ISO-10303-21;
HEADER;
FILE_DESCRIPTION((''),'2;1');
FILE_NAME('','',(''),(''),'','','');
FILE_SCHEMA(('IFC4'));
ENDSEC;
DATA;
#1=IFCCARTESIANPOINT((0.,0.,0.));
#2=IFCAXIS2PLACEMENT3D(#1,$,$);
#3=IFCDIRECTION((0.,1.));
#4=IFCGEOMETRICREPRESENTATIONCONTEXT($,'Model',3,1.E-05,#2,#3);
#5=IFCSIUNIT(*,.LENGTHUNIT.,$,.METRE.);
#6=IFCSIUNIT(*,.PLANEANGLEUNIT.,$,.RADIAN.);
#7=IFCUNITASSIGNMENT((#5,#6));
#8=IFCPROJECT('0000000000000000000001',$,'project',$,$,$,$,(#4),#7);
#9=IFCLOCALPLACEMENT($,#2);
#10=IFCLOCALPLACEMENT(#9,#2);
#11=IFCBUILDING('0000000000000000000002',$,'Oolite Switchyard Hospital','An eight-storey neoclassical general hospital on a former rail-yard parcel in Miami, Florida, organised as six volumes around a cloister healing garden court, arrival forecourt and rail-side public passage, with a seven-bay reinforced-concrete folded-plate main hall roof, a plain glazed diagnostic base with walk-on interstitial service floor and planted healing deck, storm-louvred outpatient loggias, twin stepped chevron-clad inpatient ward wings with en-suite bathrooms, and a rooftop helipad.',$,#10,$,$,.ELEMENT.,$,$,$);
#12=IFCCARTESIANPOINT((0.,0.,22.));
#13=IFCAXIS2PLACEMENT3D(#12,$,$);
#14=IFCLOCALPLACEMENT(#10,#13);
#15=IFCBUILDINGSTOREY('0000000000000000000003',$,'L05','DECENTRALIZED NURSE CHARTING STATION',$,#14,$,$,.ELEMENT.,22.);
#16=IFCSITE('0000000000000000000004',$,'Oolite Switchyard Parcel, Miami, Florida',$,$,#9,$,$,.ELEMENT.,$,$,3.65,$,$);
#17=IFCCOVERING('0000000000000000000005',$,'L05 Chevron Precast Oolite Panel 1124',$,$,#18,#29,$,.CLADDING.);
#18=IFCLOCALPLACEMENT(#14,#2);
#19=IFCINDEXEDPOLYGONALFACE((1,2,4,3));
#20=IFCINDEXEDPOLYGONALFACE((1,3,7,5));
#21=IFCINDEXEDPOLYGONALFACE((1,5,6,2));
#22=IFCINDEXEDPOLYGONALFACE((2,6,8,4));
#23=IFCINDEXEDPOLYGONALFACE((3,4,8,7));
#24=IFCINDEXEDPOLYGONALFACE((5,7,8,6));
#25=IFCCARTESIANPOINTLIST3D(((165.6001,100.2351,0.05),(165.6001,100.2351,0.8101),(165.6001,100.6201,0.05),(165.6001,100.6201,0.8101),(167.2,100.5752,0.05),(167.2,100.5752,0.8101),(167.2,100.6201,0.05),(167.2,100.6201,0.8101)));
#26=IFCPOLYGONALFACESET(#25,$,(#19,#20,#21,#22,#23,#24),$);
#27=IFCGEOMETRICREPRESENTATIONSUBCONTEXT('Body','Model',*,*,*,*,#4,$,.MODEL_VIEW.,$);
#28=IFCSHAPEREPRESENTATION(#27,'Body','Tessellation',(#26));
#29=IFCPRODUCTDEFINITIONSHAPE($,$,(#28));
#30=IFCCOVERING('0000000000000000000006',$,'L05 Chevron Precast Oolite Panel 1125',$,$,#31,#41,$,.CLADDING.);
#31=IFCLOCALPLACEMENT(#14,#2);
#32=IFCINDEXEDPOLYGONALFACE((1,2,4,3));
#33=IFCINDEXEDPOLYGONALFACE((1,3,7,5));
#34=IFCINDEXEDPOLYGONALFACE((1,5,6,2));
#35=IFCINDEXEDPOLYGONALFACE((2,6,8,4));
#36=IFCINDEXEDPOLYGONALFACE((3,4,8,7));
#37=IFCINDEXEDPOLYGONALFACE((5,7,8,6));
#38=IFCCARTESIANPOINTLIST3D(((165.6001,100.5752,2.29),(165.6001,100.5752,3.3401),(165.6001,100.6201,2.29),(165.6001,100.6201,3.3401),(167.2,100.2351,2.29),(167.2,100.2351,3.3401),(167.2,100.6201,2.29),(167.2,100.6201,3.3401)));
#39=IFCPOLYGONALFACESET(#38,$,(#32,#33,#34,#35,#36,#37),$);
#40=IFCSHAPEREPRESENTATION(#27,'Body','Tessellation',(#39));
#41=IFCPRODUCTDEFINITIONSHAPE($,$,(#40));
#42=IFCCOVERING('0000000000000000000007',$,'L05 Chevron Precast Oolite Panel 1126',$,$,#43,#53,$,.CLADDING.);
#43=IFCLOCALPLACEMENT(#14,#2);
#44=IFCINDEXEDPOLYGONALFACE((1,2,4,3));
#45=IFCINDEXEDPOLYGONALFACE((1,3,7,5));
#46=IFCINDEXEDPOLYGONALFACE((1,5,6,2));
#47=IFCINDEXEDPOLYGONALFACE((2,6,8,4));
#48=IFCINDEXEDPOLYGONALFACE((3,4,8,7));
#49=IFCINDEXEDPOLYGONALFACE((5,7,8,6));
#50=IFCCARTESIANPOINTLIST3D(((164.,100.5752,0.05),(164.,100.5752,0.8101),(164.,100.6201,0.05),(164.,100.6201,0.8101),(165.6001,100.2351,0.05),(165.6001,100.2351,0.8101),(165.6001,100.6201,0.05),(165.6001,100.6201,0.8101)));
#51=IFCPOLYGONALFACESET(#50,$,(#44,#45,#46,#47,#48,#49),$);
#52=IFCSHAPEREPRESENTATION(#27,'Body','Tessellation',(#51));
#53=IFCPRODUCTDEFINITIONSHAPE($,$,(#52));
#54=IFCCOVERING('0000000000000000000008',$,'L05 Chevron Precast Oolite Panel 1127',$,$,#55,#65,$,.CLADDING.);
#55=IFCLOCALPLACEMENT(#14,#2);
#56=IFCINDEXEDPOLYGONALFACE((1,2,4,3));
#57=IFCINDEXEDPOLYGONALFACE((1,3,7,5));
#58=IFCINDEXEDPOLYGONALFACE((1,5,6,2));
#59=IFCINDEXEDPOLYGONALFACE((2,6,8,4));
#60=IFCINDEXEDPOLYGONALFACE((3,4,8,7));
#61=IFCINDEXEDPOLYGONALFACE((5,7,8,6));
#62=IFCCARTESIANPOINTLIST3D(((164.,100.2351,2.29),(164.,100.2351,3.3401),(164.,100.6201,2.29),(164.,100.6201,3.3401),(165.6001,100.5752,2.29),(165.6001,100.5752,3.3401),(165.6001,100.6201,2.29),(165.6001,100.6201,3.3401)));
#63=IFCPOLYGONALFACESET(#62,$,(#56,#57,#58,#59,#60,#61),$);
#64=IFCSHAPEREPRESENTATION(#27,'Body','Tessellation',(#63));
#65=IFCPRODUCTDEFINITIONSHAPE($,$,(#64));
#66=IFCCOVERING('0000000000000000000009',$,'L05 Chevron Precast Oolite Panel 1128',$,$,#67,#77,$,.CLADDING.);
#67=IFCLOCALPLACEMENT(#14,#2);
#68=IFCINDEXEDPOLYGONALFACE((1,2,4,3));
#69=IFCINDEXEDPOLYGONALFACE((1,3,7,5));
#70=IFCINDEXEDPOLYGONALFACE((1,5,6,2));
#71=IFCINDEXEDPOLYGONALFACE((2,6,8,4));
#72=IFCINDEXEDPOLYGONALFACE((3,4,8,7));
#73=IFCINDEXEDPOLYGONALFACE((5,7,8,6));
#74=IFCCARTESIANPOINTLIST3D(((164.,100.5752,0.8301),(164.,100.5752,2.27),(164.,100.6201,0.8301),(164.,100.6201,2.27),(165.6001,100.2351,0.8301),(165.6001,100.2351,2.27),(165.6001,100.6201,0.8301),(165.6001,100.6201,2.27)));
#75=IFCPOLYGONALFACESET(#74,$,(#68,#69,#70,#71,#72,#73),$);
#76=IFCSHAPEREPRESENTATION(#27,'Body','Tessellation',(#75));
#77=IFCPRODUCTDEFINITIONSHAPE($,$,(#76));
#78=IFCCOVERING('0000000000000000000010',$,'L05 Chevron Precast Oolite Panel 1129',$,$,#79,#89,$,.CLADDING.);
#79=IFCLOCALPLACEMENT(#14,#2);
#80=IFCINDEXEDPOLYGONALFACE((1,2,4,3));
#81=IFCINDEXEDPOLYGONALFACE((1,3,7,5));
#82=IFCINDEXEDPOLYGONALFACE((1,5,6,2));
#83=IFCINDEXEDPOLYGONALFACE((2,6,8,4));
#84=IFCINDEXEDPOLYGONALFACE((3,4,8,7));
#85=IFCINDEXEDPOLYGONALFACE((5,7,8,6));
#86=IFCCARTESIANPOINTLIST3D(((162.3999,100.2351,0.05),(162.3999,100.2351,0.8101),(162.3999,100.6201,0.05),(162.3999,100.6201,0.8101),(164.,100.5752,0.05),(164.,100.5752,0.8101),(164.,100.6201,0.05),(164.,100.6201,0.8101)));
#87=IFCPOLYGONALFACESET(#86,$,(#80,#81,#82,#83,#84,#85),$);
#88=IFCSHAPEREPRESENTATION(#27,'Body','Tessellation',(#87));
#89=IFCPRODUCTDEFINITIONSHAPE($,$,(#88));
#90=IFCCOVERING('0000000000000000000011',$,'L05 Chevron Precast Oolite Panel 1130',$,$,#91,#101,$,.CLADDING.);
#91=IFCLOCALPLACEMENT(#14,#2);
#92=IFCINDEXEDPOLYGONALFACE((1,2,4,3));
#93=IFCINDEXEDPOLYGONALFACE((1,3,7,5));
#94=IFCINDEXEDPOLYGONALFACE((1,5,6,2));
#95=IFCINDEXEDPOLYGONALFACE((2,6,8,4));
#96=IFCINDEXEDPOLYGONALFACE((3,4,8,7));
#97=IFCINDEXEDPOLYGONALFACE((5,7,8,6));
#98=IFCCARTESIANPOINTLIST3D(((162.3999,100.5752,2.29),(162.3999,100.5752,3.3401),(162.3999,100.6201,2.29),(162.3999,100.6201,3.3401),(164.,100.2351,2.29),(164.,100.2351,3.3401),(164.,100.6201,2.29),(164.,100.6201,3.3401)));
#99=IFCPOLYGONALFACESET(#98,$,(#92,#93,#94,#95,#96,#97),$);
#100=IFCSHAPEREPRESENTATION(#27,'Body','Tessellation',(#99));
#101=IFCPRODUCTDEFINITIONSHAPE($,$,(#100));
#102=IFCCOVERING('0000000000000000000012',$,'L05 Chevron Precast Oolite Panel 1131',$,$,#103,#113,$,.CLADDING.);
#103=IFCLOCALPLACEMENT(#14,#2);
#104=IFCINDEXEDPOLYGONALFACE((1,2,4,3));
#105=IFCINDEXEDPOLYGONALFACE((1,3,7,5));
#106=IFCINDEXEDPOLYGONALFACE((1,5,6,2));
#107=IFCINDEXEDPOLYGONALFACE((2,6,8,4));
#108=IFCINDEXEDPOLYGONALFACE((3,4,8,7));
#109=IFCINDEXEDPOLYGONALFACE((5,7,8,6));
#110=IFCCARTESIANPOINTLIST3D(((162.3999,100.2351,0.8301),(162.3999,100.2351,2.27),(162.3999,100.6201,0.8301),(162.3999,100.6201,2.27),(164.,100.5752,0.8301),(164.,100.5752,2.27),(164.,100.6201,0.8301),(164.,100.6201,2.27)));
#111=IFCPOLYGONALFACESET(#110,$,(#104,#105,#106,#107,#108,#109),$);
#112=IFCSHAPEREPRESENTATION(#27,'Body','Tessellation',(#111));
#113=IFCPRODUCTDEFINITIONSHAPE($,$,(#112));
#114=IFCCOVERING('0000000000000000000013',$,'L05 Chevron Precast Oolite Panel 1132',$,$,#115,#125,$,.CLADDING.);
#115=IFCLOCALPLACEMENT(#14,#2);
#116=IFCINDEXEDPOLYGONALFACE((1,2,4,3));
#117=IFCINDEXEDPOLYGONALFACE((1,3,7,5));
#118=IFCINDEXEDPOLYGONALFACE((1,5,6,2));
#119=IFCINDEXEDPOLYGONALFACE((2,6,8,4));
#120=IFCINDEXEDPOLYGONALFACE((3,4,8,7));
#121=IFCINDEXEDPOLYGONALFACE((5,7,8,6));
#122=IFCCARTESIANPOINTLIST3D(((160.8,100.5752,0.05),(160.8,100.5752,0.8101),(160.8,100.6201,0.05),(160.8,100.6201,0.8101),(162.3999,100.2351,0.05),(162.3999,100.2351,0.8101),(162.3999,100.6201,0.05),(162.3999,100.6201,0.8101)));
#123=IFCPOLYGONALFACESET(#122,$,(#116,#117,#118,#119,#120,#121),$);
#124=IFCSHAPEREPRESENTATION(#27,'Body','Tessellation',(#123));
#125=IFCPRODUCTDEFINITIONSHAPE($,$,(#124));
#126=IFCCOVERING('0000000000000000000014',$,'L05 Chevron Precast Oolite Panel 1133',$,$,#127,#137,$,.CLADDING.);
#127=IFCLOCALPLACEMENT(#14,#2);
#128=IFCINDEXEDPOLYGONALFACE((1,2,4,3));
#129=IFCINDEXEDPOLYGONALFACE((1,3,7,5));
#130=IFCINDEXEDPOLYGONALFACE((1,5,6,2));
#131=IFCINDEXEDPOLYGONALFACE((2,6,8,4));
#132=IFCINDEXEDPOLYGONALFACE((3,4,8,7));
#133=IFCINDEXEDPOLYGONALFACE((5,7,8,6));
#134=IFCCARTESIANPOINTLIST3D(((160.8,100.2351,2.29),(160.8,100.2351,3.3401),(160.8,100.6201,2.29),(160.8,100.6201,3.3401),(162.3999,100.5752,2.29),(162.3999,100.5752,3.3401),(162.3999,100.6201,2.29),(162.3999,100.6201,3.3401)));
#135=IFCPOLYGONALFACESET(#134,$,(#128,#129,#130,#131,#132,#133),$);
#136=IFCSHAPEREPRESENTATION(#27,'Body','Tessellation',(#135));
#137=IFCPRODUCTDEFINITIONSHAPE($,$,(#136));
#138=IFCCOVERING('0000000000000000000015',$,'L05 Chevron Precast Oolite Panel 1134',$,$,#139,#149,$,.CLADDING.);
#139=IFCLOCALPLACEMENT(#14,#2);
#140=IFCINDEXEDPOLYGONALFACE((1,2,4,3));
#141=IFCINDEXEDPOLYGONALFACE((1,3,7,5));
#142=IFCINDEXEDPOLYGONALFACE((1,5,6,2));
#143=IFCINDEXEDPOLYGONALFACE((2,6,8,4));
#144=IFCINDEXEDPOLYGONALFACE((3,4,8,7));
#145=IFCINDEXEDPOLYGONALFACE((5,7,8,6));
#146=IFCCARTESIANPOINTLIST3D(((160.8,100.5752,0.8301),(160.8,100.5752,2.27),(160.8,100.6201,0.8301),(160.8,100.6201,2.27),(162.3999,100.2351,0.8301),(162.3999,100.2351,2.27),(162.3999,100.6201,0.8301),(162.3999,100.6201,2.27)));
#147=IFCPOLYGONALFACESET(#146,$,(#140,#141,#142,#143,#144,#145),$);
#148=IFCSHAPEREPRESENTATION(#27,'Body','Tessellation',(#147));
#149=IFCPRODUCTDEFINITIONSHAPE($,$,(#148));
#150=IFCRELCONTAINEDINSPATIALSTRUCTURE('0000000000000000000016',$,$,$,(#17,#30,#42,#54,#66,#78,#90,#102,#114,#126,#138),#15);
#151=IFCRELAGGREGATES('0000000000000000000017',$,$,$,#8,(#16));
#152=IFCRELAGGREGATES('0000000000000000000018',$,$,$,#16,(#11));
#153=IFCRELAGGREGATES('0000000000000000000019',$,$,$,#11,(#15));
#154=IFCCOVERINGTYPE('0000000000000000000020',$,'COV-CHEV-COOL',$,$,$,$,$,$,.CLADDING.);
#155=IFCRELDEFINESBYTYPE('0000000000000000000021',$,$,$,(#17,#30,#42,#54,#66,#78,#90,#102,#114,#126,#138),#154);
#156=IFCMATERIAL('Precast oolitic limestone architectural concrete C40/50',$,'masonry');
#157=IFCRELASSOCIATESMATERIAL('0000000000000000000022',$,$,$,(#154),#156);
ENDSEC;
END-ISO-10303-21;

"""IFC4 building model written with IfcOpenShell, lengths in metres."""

from ifc_helpers import new_model, si_unit, direction, frame, origin, place, context, subcontext, project, spatial, polyline, outline, extrude, material, type_object, element, save


model = new_model("IFC4")

# Units and contexts
model_context = context("Model", 3, precision=1e-05, world=origin(), true_north=direction((0.0, 1.0)))
body_context = subcontext(model_context, "Body", "Model", "MODEL_VIEW")
ifc_project = project(units=[si_unit("LENGTHUNIT", "METRE"), si_unit("PLANEANGLEUNIT", "RADIAN")], contexts=[model_context])

# Site, building, storey
site_placement = place(None, origin())
site = spatial("IfcSite", under=ifc_project, at=site_placement, Name="Oolite Switchyard Parcel, Miami, Florida", CompositionType="ELEMENT", RefElevation=3.65)
building_placement = place(site_placement, origin())
building = spatial("IfcBuilding", under=site, at=building_placement, Name="Oolite Switchyard Hospital", Description="An eight-storey neoclassical general hospital on a former rail-yard parcel in Miami, Florida, organised as six volumes around a cloister healing garden court, arrival forecourt and rail-side public passage, with a seven-bay reinforced-concrete folded-plate main hall roof, a plain glazed diagnostic base with walk-on interstitial service floor and planted healing deck, storm-louvred outpatient loggias, twin stepped chevron-clad inpatient ward wings with en-suite bathrooms, and a rooftop helipad.", CompositionType="ELEMENT")
storey_placement = place(building_placement, frame((0.0, 0.0, 22.0)))
storey = spatial("IfcBuildingStorey", under=building, at=storey_placement, Name="L05", Description="DECENTRALIZED NURSE CHARTING STATION", CompositionType="ELEMENT", Elevation=22.0)

# Shared definitions
ifc_material_1 = material(Name="Precast oolitic limestone architectural concrete C40/50", Category="masonry")

# Coverings
covering_type = type_object("IfcCoveringType", Name="COV-CHEV-COOL", PredefinedType="CLADDING", material=ifc_material_1)
covering_1_placement = place(storey_placement, frame((167.2, 100.6201, 0.05), z_axis=(0.0, 0.0, 1.0), x_axis=(-1.0, 0.0, 0.0)))
element("IfcCovering", 1, at=covering_1_placement, inside=storey, type_object=covering_type, Name="L05 Chevron Precast Oolite Panel 1124", PredefinedType="CLADDING", context=body_context, shape_type="SweptSolid", body=[
    extrude(outline(polyline([(0.0, 0.0), (1.5999, 0.0), (1.5999, 0.385), (0.0, 0.0449), (0.0, 0.0)])), origin(), (0.0, 0.0, 1.0), 0.76),
])
covering_2_placement = place(storey_placement, frame((167.2, 100.6201, 2.29), z_axis=(0.0, 0.0, 1.0), x_axis=(-1.0, 0.0, 0.0)))
element("IfcCovering", 2, at=covering_2_placement, inside=storey, type_object=covering_type, Name="L05 Chevron Precast Oolite Panel 1125", PredefinedType="CLADDING", context=body_context, shape_type="SweptSolid", body=[
    extrude(outline(polyline([(0.0, 0.0), (1.5999, 0.0), (1.5999, 0.0449), (0.0, 0.385), (0.0, 0.0)])), origin(), (0.0, 0.0, 1.0), 1.05),
])
covering_3_placement = place(storey_placement, frame((165.6001, 100.6201, 0.05), z_axis=(0.0, 0.0, 1.0), x_axis=(-1.0, 0.0, 0.0)))
element("IfcCovering", 3, at=covering_3_placement, inside=storey, type_object=covering_type, Name="L05 Chevron Precast Oolite Panel 1126", PredefinedType="CLADDING", context=body_context, shape_type="SweptSolid", body=[
    extrude(outline(polyline([(0.0, 0.0), (1.6001, 0.0), (1.6001, 0.0449), (0.0, 0.385), (0.0, 0.0)])), origin(), (0.0, 0.0, 1.0), 0.76),
])
covering_4_placement = place(storey_placement, frame((165.6001, 100.6201, 2.29), z_axis=(0.0, 0.0, 1.0), x_axis=(-1.0, 0.0, 0.0)))
element("IfcCovering", 4, at=covering_4_placement, inside=storey, type_object=covering_type, Name="L05 Chevron Precast Oolite Panel 1127", PredefinedType="CLADDING", context=body_context, shape_type="SweptSolid", body=[
    extrude(outline(polyline([(0.0, 0.0), (1.6001, 0.0), (1.6001, 0.385), (0.0, 0.0449), (0.0, 0.0)])), origin(), (0.0, 0.0, 1.0), 1.05),
])
covering_5_placement = place(storey_placement, frame((165.6001, 100.6201, 0.8301), z_axis=(0.0, 0.0, 1.0), x_axis=(-1.0, 0.0, 0.0)))
element("IfcCovering", 5, at=covering_5_placement, inside=storey, type_object=covering_type, Name="L05 Chevron Precast Oolite Panel 1128", PredefinedType="CLADDING", context=body_context, shape_type="SweptSolid", body=[
    extrude(outline(polyline([(0.0, 0.0), (1.6001, 0.0), (1.6001, 0.0449), (0.0, 0.385), (0.0, 0.0)])), origin(), (0.0, 0.0, 1.0), 1.4399),
])
covering_6_placement = place(storey_placement, frame((164.0, 100.6201, 0.05), z_axis=(0.0, 0.0, 1.0), x_axis=(-1.0, 0.0, 0.0)))
element("IfcCovering", 6, at=covering_6_placement, inside=storey, type_object=covering_type, Name="L05 Chevron Precast Oolite Panel 1129", PredefinedType="CLADDING", context=body_context, shape_type="SweptSolid", body=[
    extrude(outline(polyline([(0.0, 0.0), (1.6001, 0.0), (1.6001, 0.385), (0.0, 0.0449), (0.0, 0.0)])), origin(), (0.0, 0.0, 1.0), 0.76),
])
covering_7_placement = place(storey_placement, frame((164.0, 100.6201, 2.29), z_axis=(0.0, 0.0, 1.0), x_axis=(-1.0, 0.0, 0.0)))
element("IfcCovering", 7, at=covering_7_placement, inside=storey, type_object=covering_type, Name="L05 Chevron Precast Oolite Panel 1130", PredefinedType="CLADDING", context=body_context, shape_type="SweptSolid", body=[
    extrude(outline(polyline([(0.0, 0.0), (1.6001, 0.0), (1.6001, 0.0449), (0.0, 0.385), (0.0, 0.0)])), origin(), (0.0, 0.0, 1.0), 1.05),
])
covering_8_placement = place(storey_placement, frame((164.0, 100.6201, 0.8301), z_axis=(0.0, 0.0, 1.0), x_axis=(-1.0, 0.0, 0.0)))
element("IfcCovering", 8, at=covering_8_placement, inside=storey, type_object=covering_type, Name="L05 Chevron Precast Oolite Panel 1131", PredefinedType="CLADDING", context=body_context, shape_type="SweptSolid", body=[
    extrude(outline(polyline([(0.0, 0.0), (1.6001, 0.0), (1.6001, 0.385), (0.0, 0.0449), (0.0, 0.0)])), origin(), (0.0, 0.0, 1.0), 1.4399),
])
covering_9_placement = place(storey_placement, frame((162.3999, 100.6201, 0.05), z_axis=(0.0, 0.0, 1.0), x_axis=(-1.0, 0.0, 0.0)))
element("IfcCovering", 9, at=covering_9_placement, inside=storey, type_object=covering_type, Name="L05 Chevron Precast Oolite Panel 1132", PredefinedType="CLADDING", context=body_context, shape_type="SweptSolid", body=[
    extrude(outline(polyline([(0.0, 0.0), (1.5999, 0.0), (1.5999, 0.0449), (0.0, 0.385), (0.0, 0.0)])), origin(), (0.0, 0.0, 1.0), 0.76),
])
covering_10_placement = place(storey_placement, frame((162.3999, 100.6201, 2.29), z_axis=(0.0, 0.0, 1.0), x_axis=(-1.0, 0.0, 0.0)))
element("IfcCovering", 10, at=covering_10_placement, inside=storey, type_object=covering_type, Name="L05 Chevron Precast Oolite Panel 1133", PredefinedType="CLADDING", context=body_context, shape_type="SweptSolid", body=[
    extrude(outline(polyline([(0.0, 0.0), (1.5999, 0.0), (1.5999, 0.385), (0.0, 0.0449), (0.0, 0.0)])), origin(), (0.0, 0.0, 1.0), 1.05),
])
covering_11_placement = place(storey_placement, frame((162.3999, 100.6201, 0.8301), z_axis=(0.0, 0.0, 1.0), x_axis=(-1.0, 0.0, 0.0)))
element("IfcCovering", 11, at=covering_11_placement, inside=storey, type_object=covering_type, Name="L05 Chevron Precast Oolite Panel 1134", PredefinedType="CLADDING", context=body_context, shape_type="SweptSolid", body=[
    extrude(outline(polyline([(0.0, 0.0), (1.5999, 0.0), (1.5999, 0.0449), (0.0, 0.385), (0.0, 0.0)])), origin(), (0.0, 0.0, 1.0), 1.4399),
])

save(model, "model.ifc")
